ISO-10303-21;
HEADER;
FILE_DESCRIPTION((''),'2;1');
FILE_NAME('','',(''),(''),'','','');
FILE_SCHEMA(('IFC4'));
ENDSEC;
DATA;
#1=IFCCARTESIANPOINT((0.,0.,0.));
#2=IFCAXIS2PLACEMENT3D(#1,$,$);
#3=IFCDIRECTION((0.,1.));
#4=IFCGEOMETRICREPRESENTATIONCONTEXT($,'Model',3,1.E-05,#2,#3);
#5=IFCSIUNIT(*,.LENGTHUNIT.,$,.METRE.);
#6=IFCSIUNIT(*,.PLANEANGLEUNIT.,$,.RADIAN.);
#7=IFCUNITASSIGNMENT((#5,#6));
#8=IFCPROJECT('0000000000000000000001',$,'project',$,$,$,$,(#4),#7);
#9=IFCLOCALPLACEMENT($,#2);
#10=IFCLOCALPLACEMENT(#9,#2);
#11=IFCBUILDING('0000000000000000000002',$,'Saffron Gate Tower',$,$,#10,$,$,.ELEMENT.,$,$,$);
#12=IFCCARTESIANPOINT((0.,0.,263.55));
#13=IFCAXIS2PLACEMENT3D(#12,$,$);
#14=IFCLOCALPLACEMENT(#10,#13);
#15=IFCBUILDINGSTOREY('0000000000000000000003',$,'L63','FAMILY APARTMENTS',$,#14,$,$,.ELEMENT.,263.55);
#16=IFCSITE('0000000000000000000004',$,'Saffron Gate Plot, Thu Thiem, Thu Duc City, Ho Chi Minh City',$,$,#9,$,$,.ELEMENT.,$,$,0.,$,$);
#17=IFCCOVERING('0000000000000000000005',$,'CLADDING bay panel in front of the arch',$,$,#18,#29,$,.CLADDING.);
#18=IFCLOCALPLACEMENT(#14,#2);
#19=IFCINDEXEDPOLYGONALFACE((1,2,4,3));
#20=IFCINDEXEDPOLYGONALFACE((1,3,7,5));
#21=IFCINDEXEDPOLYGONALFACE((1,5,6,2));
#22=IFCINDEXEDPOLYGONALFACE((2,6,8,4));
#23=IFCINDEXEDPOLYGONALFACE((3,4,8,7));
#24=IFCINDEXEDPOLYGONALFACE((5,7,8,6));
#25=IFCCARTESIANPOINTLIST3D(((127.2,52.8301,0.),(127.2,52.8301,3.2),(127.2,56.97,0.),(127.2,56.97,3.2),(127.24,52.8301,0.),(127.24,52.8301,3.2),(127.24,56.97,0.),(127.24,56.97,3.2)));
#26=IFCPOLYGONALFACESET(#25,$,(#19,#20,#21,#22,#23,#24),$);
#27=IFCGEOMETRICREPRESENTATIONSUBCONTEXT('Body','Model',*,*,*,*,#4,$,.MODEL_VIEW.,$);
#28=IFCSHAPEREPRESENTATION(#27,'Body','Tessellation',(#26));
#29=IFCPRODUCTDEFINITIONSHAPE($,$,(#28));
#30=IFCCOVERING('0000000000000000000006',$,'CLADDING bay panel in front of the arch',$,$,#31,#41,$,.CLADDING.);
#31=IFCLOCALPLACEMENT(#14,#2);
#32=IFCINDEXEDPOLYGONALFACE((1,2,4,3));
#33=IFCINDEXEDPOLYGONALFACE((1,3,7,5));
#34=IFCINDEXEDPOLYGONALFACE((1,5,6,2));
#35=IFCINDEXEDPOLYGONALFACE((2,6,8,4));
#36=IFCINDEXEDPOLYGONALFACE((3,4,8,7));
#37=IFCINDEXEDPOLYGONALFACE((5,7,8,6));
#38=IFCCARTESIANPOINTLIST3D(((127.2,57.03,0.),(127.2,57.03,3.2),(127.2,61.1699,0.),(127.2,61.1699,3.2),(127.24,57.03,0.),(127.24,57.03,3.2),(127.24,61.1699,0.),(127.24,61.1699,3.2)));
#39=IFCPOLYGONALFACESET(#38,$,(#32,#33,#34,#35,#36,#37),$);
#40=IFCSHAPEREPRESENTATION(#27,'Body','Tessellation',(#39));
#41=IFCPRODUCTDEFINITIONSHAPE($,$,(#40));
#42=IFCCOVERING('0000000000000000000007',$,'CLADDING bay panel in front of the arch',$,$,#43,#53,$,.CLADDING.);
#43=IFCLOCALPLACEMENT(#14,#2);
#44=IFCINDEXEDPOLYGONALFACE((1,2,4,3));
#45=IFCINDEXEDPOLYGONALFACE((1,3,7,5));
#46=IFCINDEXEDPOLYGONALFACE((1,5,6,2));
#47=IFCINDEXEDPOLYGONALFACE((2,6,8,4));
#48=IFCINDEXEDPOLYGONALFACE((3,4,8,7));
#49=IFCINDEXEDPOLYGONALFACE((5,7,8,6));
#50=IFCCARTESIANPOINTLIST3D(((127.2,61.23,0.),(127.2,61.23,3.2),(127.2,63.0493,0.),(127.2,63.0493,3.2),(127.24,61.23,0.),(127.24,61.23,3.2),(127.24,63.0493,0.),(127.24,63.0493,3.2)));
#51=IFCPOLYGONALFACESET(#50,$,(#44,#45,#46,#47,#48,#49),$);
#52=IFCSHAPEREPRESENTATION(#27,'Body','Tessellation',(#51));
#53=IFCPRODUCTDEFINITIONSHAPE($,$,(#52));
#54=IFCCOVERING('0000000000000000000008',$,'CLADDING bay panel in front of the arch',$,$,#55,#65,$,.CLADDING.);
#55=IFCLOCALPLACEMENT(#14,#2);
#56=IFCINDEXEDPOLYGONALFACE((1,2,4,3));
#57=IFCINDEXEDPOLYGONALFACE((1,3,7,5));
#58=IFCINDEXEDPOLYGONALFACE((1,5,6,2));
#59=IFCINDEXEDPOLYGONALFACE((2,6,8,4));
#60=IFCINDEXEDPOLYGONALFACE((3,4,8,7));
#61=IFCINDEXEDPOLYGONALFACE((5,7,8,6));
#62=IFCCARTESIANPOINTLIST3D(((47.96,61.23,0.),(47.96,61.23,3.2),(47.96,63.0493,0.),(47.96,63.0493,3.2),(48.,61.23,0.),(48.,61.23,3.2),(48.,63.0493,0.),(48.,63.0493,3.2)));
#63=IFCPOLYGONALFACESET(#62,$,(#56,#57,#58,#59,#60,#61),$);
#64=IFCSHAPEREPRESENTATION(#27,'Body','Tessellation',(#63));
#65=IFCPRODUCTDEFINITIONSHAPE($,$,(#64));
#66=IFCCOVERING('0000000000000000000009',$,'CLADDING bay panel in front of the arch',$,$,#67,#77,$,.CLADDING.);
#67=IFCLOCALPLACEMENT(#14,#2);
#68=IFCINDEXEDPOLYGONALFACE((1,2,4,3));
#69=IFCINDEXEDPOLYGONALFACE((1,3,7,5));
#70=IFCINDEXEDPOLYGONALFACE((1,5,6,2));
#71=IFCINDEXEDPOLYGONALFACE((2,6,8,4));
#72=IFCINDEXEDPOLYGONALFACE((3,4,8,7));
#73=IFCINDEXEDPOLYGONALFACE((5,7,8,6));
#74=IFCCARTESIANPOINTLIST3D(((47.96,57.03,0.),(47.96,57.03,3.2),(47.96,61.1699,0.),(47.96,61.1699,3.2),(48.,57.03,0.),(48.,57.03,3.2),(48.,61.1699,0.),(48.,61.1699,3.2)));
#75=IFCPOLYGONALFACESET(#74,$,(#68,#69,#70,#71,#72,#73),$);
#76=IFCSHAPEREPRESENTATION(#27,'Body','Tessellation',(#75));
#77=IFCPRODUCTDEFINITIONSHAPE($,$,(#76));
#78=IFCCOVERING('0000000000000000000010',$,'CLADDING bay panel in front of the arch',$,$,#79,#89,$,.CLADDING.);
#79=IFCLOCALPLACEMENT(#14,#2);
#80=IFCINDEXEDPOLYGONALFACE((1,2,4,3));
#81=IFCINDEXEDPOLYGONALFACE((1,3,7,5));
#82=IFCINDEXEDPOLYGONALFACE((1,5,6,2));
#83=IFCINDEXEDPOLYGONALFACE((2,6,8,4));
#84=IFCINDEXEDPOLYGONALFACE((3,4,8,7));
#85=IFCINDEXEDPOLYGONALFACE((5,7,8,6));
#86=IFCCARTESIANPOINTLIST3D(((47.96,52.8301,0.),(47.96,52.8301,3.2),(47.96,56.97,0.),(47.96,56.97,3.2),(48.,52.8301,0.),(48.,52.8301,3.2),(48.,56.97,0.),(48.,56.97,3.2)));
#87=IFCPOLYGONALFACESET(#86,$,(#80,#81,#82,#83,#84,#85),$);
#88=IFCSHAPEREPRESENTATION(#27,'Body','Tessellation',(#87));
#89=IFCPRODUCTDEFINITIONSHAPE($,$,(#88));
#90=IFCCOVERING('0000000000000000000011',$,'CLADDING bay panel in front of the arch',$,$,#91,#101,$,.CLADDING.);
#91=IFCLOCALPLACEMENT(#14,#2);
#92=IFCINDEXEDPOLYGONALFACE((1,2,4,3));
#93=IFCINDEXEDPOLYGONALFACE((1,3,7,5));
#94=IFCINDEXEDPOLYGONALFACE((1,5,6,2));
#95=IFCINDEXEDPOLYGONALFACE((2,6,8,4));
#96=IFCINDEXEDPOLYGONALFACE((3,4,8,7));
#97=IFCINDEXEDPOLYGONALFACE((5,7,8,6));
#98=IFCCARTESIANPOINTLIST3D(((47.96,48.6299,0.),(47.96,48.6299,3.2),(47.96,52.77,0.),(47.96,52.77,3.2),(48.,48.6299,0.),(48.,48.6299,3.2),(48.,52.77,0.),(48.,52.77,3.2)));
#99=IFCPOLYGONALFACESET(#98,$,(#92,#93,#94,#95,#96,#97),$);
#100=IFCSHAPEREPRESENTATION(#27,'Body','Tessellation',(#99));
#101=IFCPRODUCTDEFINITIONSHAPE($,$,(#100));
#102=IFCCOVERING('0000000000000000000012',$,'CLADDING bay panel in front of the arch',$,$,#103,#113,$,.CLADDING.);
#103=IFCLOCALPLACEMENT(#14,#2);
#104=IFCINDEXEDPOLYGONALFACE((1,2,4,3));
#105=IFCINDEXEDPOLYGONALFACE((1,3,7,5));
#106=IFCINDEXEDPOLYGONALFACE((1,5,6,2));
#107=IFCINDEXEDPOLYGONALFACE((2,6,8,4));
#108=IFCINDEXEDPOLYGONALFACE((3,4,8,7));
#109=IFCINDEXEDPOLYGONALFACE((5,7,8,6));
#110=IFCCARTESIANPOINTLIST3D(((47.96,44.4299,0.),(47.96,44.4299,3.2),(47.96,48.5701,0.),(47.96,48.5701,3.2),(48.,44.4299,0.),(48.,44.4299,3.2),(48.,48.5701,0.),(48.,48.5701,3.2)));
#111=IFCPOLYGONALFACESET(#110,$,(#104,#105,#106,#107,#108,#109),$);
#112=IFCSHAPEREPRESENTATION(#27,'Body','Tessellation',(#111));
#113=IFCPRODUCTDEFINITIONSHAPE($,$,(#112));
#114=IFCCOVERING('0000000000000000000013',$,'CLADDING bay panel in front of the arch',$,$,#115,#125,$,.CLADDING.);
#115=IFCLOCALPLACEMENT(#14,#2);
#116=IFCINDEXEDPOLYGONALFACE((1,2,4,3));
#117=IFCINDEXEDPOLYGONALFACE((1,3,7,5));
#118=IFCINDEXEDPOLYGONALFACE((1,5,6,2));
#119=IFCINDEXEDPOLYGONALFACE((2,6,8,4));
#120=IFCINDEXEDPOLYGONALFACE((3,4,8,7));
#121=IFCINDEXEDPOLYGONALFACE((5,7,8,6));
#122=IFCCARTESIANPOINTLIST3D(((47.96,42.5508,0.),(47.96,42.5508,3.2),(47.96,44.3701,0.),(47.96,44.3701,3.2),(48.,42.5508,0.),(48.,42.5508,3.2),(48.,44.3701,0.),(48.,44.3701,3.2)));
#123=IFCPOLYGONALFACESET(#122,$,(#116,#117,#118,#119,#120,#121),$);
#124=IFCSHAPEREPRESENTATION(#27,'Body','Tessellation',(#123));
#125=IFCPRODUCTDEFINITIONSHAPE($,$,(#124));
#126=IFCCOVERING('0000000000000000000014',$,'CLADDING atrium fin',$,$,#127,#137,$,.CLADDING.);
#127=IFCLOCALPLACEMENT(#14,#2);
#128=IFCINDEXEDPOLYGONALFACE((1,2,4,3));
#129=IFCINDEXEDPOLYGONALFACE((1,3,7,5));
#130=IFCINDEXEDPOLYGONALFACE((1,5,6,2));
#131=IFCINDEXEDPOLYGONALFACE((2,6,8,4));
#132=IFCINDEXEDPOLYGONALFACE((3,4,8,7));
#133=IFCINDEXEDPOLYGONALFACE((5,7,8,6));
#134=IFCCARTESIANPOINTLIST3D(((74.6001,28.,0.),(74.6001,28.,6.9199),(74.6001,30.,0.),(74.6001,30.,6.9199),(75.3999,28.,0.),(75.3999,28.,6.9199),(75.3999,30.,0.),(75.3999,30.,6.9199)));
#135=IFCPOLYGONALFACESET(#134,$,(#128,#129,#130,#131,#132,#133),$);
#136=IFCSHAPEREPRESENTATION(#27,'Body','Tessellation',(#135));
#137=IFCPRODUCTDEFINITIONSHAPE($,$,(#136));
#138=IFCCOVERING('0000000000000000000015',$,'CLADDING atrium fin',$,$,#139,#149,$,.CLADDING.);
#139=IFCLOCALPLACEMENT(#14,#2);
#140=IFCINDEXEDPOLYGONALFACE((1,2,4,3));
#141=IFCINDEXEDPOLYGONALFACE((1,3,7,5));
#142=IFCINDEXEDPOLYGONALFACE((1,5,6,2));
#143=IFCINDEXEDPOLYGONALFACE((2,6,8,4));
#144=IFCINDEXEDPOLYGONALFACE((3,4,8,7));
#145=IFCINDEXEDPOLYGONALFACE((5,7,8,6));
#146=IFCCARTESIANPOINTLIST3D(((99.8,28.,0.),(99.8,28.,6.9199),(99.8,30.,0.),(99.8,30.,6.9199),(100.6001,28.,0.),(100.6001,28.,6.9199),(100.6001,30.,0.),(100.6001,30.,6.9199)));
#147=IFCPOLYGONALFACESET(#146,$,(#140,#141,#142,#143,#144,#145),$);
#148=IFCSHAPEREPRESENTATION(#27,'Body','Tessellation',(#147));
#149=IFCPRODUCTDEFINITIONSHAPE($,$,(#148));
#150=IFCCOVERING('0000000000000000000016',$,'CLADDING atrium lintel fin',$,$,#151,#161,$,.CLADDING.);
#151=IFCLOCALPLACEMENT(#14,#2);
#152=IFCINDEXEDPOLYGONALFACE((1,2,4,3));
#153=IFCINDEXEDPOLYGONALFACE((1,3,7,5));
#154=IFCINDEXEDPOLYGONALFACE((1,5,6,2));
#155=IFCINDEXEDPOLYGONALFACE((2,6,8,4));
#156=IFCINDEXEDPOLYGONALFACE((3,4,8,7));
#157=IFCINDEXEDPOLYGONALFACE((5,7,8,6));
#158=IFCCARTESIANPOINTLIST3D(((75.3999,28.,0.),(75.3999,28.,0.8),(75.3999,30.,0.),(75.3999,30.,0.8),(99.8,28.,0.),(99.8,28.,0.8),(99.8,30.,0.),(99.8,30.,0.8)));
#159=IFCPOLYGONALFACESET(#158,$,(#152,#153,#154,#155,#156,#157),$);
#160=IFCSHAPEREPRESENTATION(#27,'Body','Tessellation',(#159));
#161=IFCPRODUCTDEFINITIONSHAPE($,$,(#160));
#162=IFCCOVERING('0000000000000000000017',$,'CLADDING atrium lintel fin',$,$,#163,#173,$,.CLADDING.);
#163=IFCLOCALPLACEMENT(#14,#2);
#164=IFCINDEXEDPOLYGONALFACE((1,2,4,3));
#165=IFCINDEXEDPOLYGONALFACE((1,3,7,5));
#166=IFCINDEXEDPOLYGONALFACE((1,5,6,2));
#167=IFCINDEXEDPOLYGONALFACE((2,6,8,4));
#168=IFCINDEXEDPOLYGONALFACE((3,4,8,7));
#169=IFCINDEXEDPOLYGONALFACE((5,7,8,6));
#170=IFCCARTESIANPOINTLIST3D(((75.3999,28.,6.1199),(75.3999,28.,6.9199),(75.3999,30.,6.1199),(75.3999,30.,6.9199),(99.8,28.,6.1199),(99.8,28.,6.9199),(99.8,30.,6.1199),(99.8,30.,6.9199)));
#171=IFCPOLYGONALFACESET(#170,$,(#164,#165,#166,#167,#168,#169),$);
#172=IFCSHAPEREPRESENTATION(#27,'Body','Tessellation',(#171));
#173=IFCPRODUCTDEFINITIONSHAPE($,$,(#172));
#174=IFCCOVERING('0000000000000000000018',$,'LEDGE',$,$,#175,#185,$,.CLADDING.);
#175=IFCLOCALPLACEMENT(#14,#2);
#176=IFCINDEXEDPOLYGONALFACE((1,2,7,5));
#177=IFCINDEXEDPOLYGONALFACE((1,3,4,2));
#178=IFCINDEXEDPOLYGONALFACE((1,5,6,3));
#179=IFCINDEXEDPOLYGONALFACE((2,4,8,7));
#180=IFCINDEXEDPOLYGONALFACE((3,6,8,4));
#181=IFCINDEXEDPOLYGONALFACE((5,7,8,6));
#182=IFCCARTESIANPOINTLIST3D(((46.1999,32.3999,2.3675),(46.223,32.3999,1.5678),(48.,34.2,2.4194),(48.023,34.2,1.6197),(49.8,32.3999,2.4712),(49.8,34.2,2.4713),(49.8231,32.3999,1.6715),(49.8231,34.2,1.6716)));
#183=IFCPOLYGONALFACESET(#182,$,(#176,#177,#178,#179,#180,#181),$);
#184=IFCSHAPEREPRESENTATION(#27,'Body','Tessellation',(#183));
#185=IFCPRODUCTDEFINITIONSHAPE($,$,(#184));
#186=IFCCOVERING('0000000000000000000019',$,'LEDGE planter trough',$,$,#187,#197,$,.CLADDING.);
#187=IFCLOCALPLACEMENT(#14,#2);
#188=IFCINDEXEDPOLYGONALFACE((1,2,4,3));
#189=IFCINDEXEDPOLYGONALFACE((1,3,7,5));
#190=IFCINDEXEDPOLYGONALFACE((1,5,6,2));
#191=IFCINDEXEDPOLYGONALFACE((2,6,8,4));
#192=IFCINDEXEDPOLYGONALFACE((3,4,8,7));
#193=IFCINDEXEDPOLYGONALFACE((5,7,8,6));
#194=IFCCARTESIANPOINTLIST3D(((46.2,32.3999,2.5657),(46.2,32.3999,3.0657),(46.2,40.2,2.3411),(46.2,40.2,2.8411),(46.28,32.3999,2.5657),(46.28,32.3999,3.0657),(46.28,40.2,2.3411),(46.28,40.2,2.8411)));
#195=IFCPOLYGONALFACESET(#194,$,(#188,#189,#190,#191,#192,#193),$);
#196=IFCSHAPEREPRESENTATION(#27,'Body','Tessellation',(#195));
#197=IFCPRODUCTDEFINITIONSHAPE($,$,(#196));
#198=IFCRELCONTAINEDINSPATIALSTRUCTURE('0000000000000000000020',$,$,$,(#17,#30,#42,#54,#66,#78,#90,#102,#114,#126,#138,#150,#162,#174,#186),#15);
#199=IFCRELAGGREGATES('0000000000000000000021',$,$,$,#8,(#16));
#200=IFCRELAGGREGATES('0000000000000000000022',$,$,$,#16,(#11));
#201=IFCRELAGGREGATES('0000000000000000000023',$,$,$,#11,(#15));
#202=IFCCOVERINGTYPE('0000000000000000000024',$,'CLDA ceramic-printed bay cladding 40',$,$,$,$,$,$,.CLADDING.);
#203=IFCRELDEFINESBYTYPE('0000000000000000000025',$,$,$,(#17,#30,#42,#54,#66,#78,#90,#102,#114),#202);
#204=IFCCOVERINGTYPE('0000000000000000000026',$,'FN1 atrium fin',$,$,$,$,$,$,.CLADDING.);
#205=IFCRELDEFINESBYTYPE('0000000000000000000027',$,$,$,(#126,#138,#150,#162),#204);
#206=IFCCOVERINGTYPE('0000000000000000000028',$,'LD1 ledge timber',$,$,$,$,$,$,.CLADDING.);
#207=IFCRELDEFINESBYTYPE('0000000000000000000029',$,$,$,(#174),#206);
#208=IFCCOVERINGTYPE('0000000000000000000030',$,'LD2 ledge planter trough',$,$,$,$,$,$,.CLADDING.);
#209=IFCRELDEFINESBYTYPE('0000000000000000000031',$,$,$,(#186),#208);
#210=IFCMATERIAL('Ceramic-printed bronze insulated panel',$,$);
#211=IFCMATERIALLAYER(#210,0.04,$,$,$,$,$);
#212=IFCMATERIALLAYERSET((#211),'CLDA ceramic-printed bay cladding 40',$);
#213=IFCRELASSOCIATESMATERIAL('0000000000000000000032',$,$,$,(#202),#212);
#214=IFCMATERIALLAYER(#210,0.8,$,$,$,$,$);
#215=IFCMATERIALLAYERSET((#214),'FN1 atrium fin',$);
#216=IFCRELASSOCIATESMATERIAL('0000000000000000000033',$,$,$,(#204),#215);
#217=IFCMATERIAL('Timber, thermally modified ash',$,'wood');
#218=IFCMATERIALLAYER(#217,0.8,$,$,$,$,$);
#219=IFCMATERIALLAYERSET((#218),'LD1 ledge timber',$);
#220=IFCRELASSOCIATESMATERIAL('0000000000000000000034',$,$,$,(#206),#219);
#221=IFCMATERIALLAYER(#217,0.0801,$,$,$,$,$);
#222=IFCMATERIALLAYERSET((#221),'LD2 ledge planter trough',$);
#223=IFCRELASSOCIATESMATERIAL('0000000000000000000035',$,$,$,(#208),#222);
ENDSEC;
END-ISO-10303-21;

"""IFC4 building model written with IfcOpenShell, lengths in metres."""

from ifc_helpers import new_model, si_unit, direction, frame, origin, place, context, subcontext, project, spatial, polyline, outline, extrude, material, layer, layer_set, type_object, element, save


model = new_model("IFC4")

# Units and contexts
model_context = context("Model", 3, precision=1e-05, world=origin(), true_north=direction((0.0, 1.0)))
body_context = subcontext(model_context, "Body", "Model", "MODEL_VIEW")
ifc_project = project(units=[si_unit("LENGTHUNIT", "METRE"), si_unit("PLANEANGLEUNIT", "RADIAN")], contexts=[model_context])

# Site, building, storey
site_placement = place(None, origin())
site = spatial("IfcSite", under=ifc_project, at=site_placement, Name="Saffron Gate Plot, Thu Thiem, Thu Duc City, Ho Chi Minh City", CompositionType="ELEMENT", RefElevation=0.0)
building_placement = place(site_placement, origin())
building = spatial("IfcBuilding", under=site, at=building_placement, Name="Saffron Gate Tower", CompositionType="ELEMENT")
storey_placement = place(building_placement, frame((0.0, 0.0, 263.55)))
storey = spatial("IfcBuildingStorey", under=building, at=storey_placement, Name="L63", Description="FAMILY APARTMENTS", CompositionType="ELEMENT", Elevation=263.55)

# Coverings
ifc_material_1 = material(Name="Ceramic-printed bronze insulated panel")
ifc_layer_1 = layer(ifc_material_1, 0.04)
ifc_layer_set_1 = layer_set([ifc_layer_1], Name="CLDA ceramic-printed bay cladding 40")
covering_type_1 = type_object("IfcCoveringType", Name="CLDA ceramic-printed bay cladding 40", PredefinedType="CLADDING", material=ifc_layer_set_1)
covering_1_placement = place(storey_placement, origin())
element("IfcCovering", 1, at=covering_1_placement, inside=storey, type_object=covering_type_1, Name="CLADDING bay panel in front of the arch", PredefinedType="CLADDING", context=body_context, shape_type="SweptSolid", body=[
    extrude(outline(polyline([(127.24, 52.8301), (127.24, 56.97), (127.2, 56.97), (127.2, 52.8301), (127.24, 52.8301)])), origin(), (0.0, 0.0, 1.0), 3.2),
])
covering_2_placement = place(storey_placement, origin())
element("IfcCovering", 2, at=covering_2_placement, inside=storey, type_object=covering_type_1, Name="CLADDING bay panel in front of the arch", PredefinedType="CLADDING", context=body_context, shape_type="SweptSolid", body=[
    extrude(outline(polyline([(127.24, 57.03), (127.24, 61.1699), (127.2, 61.1699), (127.2, 57.03), (127.24, 57.03)])), origin(), (0.0, 0.0, 1.0), 3.2),
])
covering_3_placement = place(storey_placement, origin())
element("IfcCovering", 3, at=covering_3_placement, inside=storey, type_object=covering_type_1, Name="CLADDING bay panel in front of the arch", PredefinedType="CLADDING", context=body_context, shape_type="SweptSolid", body=[
    extrude(outline(polyline([(127.24, 61.23), (127.24, 63.0493), (127.2, 63.0493), (127.2, 61.23), (127.24, 61.23)])), origin(), (0.0, 0.0, 1.0), 3.2),
])
covering_4_placement = place(storey_placement, origin())
element("IfcCovering", 4, at=covering_4_placement, inside=storey, type_object=covering_type_1, Name="CLADDING bay panel in front of the arch", PredefinedType="CLADDING", context=body_context, shape_type="SweptSolid", body=[
    extrude(outline(polyline([(47.96, 63.0493), (47.96, 61.23), (48.0, 61.23), (48.0, 63.0493), (47.96, 63.0493)])), origin(), (0.0, 0.0, 1.0), 3.2),
])
covering_5_placement = place(storey_placement, origin())
element("IfcCovering", 5, at=covering_5_placement, inside=storey, type_object=covering_type_1, Name="CLADDING bay panel in front of the arch", PredefinedType="CLADDING", context=body_context, shape_type="SweptSolid", body=[
    extrude(outline(polyline([(47.96, 61.1699), (47.96, 57.03), (48.0, 57.03), (48.0, 61.1699), (47.96, 61.1699)])), origin(), (0.0, 0.0, 1.0), 3.2),
])
covering_6_placement = place(storey_placement, origin())
element("IfcCovering", 6, at=covering_6_placement, inside=storey, type_object=covering_type_1, Name="CLADDING bay panel in front of the arch", PredefinedType="CLADDING", context=body_context, shape_type="SweptSolid", body=[
    extrude(outline(polyline([(47.96, 56.97), (47.96, 52.8301), (48.0, 52.8301), (48.0, 56.97), (47.96, 56.97)])), origin(), (0.0, 0.0, 1.0), 3.2),
])
covering_7_placement = place(storey_placement, origin())
element("IfcCovering", 7, at=covering_7_placement, inside=storey, type_object=covering_type_1, Name="CLADDING bay panel in front of the arch", PredefinedType="CLADDING", context=body_context, shape_type="SweptSolid", body=[
    extrude(outline(polyline([(47.96, 52.77), (47.96, 48.6299), (48.0, 48.6299), (48.0, 52.77), (47.96, 52.77)])), origin(), (0.0, 0.0, 1.0), 3.2),
])
covering_8_placement = place(storey_placement, origin())
element("IfcCovering", 8, at=covering_8_placement, inside=storey, type_object=covering_type_1, Name="CLADDING bay panel in front of the arch", PredefinedType="CLADDING", context=body_context, shape_type="SweptSolid", body=[
    extrude(outline(polyline([(47.96, 48.5701), (47.96, 44.4299), (48.0, 44.4299), (48.0, 48.5701), (47.96, 48.5701)])), origin(), (0.0, 0.0, 1.0), 3.2),
])
covering_9_placement = place(storey_placement, origin())
element("IfcCovering", 9, at=covering_9_placement, inside=storey, type_object=covering_type_1, Name="CLADDING bay panel in front of the arch", PredefinedType="CLADDING", context=body_context, shape_type="SweptSolid", body=[
    extrude(outline(polyline([(47.96, 44.3701), (47.96, 42.5508), (48.0, 42.5508), (48.0, 44.3701), (47.96, 44.3701)])), origin(), (0.0, 0.0, 1.0), 3.2),
])
ifc_layer_2 = layer(ifc_material_1, 0.8)
ifc_layer_set_2 = layer_set([ifc_layer_2], Name="FN1 atrium fin")
covering_type_2 = type_object("IfcCoveringType", Name="FN1 atrium fin", PredefinedType="CLADDING", material=ifc_layer_set_2)
covering_10_placement = place(storey_placement, origin())
element("IfcCovering", 10, at=covering_10_placement, inside=storey, type_object=covering_type_2, Name="CLADDING atrium fin", PredefinedType="CLADDING", context=body_context, shape_type="SweptSolid", body=[
    extrude(outline(polyline([(74.6001, 30.0), (75.3999, 30.0), (75.3999, 28.0), (74.6001, 28.0), (74.6001, 30.0)])), origin(), (0.0, 0.0, 1.0), 6.9199),
])
covering_11_placement = place(storey_placement, origin())
element("IfcCovering", 11, at=covering_11_placement, inside=storey, type_object=covering_type_2, Name="CLADDING atrium fin", PredefinedType="CLADDING", context=body_context, shape_type="SweptSolid", body=[
    extrude(outline(polyline([(99.8, 30.0), (100.6001, 30.0), (100.6001, 28.0), (99.8, 28.0), (99.8, 30.0)])), origin(), (0.0, 0.0, 1.0), 6.9199),
])
for number, where, name in (
    (12, (0.0, 0.0, 0.0), "CLADDING atrium lintel fin"),
    (13, (0.0, 0.0, 6.1199), "CLADDING atrium lintel fin"),
):
    element("IfcCovering", number, at=place(storey_placement, frame(where)), inside=storey, type_object=covering_type_2, Name=name, PredefinedType="CLADDING", context=body_context, shape_type="SweptSolid", body=[
        extrude(outline(polyline([(75.3999, 30.0), (99.8, 30.0), (99.8, 28.0), (75.3999, 28.0), (75.3999, 30.0)])), origin(), (0.0, 0.0, 1.0), 0.8),
    ])
ifc_material_2 = material(Name="Timber, thermally modified ash", Category="wood")
ifc_layer_3 = layer(ifc_material_2, 0.8)
ifc_layer_set_3 = layer_set([ifc_layer_3], Name="LD1 ledge timber")
covering_type_3 = type_object("IfcCoveringType", Name="LD1 ledge timber", PredefinedType="CLADDING", material=ifc_layer_set_3)
covering_12_placement = place(storey_placement, frame((48.0, 34.2, 2.4194), z_axis=(-0.028787, -0.000045, 0.999586), x_axis=(0.999586, 0.0, 0.028787)))
element("IfcCovering", 14, at=covering_12_placement, inside=storey, type_object=covering_type_3, Name="LEDGE", PredefinedType="CLADDING", context=body_context, shape_type="SweptSolid", body=[
    extrude(outline(polyline([(0.0, 0.0), (1.8008, 0.0), (1.8008, -1.8), (-1.8008, -1.8), (0.0, 0.0)])), origin(), (0.0, 0.0, -1.0), 0.8),
])
ifc_layer_4 = layer(ifc_material_2, 0.0801)
ifc_layer_set_4 = layer_set([ifc_layer_4], Name="LD2 ledge planter trough")
covering_type_4 = type_object("IfcCoveringType", Name="LD2 ledge planter trough", PredefinedType="CLADDING", material=ifc_layer_set_4)
covering_13_placement = place(storey_placement, frame((46.2, 40.2, 2.3411), z_axis=(-1.0, 0.0, 0.0), x_axis=(0.0, -0.999586, 0.028784)))
element("IfcCovering", 15, at=covering_13_placement, inside=storey, type_object=covering_type_4, Name="LEDGE planter trough", PredefinedType="CLADDING", context=body_context, shape_type="SweptSolid", body=[
    extrude(outline(polyline([(0.0, 0.0), (7.8033, 0.0), (7.8177, 0.4998), (0.0144, 0.4998), (0.0, 0.0)])), origin(), (0.0, 0.0, -1.0), 0.0801),
])

save(model, "model.ifc")
